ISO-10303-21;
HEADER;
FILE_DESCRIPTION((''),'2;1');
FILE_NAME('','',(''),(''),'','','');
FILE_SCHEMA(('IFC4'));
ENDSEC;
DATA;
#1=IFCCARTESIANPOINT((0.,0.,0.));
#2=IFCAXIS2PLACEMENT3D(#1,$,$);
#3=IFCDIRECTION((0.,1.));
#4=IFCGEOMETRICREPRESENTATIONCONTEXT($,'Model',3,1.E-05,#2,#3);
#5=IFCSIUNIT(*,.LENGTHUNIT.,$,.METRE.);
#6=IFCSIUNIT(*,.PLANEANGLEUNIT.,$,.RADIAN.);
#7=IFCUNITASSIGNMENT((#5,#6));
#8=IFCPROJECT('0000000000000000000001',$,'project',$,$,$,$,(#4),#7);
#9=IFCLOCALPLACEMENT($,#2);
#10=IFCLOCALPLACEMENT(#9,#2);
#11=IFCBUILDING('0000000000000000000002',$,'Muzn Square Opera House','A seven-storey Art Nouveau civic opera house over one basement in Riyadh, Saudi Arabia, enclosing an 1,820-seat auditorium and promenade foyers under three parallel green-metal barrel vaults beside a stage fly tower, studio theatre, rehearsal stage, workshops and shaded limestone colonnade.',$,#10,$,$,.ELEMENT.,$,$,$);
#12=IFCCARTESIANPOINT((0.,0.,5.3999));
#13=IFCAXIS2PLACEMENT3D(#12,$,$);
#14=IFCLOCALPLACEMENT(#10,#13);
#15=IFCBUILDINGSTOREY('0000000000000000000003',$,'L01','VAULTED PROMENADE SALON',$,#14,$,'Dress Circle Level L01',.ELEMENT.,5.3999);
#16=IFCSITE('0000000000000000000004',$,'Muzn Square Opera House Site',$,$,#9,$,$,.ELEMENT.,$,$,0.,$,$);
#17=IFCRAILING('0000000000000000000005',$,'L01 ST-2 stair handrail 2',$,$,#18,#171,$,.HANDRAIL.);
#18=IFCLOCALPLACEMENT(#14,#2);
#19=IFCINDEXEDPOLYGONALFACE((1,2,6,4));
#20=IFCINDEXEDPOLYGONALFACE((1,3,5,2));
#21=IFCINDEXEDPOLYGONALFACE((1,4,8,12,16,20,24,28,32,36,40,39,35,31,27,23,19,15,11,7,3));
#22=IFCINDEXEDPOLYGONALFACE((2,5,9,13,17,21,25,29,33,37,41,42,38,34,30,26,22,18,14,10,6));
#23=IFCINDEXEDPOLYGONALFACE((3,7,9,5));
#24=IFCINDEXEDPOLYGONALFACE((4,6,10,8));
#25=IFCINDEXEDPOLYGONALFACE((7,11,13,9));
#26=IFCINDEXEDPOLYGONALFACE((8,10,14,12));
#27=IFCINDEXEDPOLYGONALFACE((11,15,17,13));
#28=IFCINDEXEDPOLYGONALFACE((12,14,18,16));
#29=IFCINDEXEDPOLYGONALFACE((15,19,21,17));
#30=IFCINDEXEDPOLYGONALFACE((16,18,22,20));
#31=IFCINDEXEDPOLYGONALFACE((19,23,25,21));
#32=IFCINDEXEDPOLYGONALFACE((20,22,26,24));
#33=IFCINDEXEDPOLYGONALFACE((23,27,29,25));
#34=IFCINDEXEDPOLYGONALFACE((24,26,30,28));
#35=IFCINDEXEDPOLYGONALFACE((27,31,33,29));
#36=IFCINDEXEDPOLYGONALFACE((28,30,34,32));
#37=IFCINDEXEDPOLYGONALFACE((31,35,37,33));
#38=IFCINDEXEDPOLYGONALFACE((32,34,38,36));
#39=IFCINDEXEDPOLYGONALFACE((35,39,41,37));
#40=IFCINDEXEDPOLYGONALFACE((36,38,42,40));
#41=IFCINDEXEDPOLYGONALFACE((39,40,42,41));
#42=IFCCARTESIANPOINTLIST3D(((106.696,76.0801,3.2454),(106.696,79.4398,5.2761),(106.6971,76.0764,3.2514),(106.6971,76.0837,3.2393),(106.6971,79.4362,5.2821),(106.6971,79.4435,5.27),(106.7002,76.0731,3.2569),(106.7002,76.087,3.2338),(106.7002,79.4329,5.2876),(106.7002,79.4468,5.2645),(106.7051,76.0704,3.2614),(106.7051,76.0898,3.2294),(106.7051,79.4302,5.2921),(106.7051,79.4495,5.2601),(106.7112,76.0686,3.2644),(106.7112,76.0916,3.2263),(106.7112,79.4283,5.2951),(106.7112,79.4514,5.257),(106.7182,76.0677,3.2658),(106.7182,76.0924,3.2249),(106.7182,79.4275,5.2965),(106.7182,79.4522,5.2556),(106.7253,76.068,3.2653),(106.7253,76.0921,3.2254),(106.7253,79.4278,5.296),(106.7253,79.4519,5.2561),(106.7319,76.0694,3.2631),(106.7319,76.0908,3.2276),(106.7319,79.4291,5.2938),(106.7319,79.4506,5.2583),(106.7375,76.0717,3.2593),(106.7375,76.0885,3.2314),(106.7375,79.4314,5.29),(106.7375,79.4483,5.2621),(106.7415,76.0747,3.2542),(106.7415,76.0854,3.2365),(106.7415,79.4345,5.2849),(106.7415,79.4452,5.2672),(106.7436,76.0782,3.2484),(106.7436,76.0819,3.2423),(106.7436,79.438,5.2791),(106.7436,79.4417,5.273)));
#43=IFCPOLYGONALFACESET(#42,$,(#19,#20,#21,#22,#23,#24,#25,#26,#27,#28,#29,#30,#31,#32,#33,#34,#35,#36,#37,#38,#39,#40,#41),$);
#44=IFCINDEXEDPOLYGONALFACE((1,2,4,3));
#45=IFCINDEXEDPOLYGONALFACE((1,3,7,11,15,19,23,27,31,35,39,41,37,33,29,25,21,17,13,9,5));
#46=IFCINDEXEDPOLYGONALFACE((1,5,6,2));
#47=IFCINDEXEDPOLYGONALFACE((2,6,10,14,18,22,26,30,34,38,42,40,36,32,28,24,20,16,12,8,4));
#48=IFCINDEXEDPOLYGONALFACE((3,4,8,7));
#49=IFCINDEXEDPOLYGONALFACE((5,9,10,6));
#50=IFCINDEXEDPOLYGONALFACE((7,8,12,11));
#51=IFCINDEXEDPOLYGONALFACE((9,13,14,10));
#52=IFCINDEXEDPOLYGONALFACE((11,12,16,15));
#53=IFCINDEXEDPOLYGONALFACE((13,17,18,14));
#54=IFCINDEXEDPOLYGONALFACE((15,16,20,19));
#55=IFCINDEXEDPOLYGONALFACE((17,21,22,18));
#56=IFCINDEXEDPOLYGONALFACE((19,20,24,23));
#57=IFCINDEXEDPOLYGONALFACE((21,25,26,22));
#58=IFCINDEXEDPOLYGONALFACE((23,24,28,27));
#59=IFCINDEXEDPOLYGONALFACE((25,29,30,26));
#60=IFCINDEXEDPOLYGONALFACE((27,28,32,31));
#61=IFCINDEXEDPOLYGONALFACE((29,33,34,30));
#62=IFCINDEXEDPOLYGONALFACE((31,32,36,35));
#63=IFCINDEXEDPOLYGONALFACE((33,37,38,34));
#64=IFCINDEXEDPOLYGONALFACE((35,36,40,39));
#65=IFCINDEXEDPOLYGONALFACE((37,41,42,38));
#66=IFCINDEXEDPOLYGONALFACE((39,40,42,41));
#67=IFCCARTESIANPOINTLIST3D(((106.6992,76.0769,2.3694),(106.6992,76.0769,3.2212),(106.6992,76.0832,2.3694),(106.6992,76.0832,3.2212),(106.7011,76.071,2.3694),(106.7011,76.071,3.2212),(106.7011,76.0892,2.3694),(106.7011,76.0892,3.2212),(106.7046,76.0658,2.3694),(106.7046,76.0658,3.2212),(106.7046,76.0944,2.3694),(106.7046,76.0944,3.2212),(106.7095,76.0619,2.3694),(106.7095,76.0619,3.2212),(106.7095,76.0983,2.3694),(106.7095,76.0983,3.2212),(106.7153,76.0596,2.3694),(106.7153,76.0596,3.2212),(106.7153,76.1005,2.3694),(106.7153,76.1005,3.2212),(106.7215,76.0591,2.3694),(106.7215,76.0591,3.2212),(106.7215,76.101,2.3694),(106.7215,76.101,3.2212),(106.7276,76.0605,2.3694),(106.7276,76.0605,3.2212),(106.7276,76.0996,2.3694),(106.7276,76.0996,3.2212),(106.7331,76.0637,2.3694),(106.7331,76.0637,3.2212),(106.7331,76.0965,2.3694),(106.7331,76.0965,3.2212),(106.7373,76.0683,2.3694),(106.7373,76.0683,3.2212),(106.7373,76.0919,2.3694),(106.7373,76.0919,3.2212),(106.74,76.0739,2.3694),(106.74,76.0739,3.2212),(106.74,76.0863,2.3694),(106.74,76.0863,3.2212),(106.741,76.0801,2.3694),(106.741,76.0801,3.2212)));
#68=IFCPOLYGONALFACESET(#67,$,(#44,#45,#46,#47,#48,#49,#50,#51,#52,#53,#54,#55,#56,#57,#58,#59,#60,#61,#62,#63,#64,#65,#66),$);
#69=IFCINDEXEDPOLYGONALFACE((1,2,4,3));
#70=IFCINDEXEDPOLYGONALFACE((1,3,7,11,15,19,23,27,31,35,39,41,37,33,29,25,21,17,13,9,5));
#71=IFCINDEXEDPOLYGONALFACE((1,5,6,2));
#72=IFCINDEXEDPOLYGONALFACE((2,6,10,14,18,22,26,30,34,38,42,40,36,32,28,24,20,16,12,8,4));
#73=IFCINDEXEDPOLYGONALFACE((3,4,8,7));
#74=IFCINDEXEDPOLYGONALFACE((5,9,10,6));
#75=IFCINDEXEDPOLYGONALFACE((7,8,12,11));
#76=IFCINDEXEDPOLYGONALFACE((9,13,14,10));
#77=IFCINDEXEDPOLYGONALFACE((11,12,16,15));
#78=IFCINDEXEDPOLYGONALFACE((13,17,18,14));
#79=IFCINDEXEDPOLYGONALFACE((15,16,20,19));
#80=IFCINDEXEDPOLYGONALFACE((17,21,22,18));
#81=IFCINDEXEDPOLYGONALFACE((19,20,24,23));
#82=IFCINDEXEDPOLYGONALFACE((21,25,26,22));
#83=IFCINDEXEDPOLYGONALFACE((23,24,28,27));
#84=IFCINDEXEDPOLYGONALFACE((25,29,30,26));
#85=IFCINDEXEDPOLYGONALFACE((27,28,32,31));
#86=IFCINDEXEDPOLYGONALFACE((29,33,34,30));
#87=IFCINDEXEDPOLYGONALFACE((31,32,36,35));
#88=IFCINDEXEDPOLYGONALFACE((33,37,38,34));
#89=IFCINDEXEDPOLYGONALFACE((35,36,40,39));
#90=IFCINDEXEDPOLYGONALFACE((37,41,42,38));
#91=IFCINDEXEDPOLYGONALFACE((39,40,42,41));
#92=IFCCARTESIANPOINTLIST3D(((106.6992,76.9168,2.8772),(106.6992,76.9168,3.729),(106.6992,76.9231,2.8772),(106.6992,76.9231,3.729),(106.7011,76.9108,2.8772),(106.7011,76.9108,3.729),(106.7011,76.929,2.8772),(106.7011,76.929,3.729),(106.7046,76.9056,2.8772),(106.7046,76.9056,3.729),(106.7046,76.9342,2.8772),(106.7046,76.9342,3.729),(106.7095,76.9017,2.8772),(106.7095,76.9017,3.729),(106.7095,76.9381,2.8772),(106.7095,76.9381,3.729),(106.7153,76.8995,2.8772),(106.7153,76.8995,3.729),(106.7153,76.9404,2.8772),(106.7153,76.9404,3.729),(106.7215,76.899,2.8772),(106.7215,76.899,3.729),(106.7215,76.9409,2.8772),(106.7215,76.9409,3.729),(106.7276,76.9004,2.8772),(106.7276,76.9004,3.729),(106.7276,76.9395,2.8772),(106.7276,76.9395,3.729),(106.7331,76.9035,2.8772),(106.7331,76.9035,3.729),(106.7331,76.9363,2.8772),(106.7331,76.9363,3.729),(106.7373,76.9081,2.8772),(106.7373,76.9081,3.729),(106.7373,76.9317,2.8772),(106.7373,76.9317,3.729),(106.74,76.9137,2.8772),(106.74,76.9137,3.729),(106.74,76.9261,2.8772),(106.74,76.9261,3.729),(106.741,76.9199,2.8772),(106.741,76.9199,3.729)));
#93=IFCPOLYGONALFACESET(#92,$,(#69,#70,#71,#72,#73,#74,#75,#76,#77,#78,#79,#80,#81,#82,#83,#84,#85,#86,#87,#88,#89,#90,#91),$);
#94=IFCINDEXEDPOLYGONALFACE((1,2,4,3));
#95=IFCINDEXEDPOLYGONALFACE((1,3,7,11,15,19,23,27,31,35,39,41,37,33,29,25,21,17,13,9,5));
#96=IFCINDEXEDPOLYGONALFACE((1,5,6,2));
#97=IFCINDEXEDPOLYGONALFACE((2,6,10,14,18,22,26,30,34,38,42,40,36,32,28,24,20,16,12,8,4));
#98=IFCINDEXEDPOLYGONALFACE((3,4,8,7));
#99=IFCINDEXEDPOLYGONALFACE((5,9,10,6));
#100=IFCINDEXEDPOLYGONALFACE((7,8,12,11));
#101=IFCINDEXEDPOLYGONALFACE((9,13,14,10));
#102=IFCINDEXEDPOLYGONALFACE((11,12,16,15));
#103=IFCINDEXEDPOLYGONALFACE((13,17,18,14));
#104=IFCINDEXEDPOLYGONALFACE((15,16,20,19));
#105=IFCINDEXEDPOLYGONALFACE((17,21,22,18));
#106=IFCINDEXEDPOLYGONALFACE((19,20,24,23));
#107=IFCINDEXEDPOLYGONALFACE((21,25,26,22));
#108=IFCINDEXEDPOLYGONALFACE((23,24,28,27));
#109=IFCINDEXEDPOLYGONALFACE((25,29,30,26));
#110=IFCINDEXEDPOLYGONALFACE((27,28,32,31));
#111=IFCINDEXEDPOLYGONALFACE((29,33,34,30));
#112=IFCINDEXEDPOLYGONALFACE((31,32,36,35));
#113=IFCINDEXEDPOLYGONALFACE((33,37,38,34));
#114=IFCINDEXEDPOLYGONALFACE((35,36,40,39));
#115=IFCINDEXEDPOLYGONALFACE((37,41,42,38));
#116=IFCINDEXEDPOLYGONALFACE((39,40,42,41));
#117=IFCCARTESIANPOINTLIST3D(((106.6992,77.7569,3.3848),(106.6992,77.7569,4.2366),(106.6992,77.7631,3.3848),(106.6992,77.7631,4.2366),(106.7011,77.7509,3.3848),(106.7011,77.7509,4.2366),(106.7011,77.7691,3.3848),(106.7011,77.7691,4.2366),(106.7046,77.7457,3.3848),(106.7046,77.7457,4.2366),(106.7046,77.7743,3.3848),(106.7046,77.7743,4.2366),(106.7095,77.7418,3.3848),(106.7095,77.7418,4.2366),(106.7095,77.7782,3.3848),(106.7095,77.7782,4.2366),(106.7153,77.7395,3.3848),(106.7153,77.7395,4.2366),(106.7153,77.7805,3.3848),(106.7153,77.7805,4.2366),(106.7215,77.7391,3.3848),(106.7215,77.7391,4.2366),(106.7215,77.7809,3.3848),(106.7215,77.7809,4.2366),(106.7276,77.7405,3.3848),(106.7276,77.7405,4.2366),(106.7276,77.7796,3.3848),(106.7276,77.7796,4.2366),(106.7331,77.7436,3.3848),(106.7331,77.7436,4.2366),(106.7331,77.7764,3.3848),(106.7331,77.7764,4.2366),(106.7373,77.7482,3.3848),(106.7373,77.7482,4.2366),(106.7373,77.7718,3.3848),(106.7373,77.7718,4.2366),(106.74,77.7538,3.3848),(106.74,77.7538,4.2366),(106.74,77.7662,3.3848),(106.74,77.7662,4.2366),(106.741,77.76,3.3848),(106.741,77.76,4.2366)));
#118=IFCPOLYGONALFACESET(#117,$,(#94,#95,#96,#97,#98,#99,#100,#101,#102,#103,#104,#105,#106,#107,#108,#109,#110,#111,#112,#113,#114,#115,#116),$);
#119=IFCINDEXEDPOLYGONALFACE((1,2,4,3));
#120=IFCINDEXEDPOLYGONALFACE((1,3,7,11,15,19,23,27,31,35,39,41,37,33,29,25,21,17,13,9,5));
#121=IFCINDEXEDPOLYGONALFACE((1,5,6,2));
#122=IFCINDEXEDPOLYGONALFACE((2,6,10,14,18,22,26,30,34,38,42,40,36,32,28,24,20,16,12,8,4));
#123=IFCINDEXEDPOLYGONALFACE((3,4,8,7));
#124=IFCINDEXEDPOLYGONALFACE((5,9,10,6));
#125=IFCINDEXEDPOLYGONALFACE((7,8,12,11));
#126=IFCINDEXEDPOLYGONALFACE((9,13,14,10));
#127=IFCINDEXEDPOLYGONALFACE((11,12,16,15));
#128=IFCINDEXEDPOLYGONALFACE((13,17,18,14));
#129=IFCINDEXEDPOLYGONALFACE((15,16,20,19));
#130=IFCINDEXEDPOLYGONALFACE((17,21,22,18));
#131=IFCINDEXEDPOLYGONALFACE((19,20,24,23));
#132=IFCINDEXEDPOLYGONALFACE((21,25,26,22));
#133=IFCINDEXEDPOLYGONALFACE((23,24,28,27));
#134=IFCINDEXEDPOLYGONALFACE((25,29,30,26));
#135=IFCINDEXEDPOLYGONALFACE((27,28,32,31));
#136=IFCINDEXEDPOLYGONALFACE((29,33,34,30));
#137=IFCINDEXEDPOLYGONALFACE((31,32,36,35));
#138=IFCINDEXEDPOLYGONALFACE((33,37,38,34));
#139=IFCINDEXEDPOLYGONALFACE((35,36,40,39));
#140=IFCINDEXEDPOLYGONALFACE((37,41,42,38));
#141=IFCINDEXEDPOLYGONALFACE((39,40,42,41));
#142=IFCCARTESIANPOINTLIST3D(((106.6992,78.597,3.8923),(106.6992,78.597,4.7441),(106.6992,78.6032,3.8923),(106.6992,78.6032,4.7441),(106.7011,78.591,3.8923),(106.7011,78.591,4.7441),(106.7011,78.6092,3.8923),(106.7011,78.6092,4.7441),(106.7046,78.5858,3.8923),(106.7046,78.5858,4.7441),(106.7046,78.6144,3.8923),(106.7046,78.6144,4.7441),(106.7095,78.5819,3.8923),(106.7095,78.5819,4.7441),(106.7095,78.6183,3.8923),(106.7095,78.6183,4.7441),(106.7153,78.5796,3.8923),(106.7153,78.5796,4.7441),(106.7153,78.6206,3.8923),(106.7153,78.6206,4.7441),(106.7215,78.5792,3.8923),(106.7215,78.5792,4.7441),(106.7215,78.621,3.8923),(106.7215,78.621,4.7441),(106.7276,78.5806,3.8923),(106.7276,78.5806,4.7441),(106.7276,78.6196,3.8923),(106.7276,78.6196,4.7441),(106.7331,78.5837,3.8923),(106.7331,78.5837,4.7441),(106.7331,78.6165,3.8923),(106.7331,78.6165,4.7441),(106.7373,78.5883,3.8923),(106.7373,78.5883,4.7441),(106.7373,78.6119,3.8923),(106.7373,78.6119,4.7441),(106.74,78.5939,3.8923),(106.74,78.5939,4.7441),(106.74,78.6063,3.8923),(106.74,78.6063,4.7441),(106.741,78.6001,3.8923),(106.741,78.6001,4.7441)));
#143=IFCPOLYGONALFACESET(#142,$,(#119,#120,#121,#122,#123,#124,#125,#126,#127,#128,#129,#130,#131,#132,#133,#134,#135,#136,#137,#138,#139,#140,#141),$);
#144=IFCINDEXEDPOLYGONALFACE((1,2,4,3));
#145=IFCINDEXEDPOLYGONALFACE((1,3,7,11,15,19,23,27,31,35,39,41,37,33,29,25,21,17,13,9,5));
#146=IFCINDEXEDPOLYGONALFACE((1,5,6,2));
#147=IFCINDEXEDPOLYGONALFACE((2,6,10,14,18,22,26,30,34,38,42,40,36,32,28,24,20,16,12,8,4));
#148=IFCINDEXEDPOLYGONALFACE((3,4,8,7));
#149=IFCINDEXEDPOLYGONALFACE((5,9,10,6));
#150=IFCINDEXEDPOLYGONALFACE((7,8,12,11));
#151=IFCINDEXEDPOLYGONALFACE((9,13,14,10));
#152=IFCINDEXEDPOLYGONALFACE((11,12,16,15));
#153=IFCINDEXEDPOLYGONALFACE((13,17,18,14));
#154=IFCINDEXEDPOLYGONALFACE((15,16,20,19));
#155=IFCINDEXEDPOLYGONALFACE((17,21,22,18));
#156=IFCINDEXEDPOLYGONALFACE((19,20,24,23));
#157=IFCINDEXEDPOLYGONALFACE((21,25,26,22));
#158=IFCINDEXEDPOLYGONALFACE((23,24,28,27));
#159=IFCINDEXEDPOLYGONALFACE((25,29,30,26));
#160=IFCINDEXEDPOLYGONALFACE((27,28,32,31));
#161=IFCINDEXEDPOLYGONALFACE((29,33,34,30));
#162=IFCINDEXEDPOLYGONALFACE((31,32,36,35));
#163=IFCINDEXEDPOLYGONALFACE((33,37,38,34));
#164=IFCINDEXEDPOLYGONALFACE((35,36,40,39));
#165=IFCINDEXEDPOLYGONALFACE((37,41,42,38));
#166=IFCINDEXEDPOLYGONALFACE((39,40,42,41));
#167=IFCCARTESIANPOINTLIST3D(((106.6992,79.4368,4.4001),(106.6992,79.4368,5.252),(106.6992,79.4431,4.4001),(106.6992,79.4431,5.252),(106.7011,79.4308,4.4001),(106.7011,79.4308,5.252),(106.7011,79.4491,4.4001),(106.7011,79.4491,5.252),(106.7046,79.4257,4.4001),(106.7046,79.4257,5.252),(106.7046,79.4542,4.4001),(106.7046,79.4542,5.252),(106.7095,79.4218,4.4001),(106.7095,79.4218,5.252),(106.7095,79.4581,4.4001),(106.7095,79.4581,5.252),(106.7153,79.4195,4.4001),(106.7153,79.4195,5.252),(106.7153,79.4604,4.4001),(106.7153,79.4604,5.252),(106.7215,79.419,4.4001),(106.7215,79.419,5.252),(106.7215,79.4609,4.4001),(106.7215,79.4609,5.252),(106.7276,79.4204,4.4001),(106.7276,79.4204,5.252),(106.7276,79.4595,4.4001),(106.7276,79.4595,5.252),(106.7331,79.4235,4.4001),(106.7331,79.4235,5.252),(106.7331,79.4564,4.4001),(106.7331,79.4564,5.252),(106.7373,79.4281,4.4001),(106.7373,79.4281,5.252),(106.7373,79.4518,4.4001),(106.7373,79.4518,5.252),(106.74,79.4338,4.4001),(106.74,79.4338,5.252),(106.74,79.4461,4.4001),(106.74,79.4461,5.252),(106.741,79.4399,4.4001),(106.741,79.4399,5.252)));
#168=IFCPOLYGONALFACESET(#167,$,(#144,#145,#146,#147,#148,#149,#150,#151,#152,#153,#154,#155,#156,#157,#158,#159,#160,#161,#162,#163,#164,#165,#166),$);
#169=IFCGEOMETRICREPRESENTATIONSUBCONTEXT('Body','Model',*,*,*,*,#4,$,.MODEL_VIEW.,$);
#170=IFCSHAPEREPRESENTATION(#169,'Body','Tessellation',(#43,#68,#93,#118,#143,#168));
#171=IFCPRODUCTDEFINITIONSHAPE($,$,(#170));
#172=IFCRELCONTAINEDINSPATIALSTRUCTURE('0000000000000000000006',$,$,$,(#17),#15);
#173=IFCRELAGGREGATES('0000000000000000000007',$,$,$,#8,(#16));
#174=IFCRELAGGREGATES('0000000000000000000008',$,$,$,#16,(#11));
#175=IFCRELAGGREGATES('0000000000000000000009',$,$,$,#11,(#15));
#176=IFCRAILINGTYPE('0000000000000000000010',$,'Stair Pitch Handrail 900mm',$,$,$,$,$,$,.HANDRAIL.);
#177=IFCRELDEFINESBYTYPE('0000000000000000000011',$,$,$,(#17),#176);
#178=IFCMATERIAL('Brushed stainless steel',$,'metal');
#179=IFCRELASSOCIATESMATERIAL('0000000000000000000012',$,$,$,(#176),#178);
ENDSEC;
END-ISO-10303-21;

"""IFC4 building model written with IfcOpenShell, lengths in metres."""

from ifc_helpers import new_model, si_unit, direction, frame, origin, origin_2d, place, context, subcontext, project, spatial, circle, extrude, material, type_object, element, save


model = new_model("IFC4")

# Units and contexts
model_context = context("Model", 3, precision=1e-05, world=origin(), true_north=direction((0.0, 1.0)))
body_context = subcontext(model_context, "Body", "Model", "MODEL_VIEW")
ifc_project = project(units=[si_unit("LENGTHUNIT", "METRE"), si_unit("PLANEANGLEUNIT", "RADIAN")], contexts=[model_context])

# Site, building, storey
site_placement = place(None, origin())
site = spatial("IfcSite", under=ifc_project, at=site_placement, Name="Muzn Square Opera House Site", CompositionType="ELEMENT", RefElevation=0.0)
building_placement = place(site_placement, origin())
building = spatial("IfcBuilding", under=site, at=building_placement, Name="Muzn Square Opera House", Description="A seven-storey Art Nouveau civic opera house over one basement in Riyadh, Saudi Arabia, enclosing an 1,820-seat auditorium and promenade foyers under three parallel green-metal barrel vaults beside a stage fly tower, studio theatre, rehearsal stage, workshops and shaded limestone colonnade.", CompositionType="ELEMENT")
storey_placement = place(building_placement, frame((0.0, 0.0, 5.3999)))
storey = spatial("IfcBuildingStorey", under=building, at=storey_placement, Name="L01", Description="VAULTED PROMENADE SALON", LongName="Dress Circle Level L01", CompositionType="ELEMENT", Elevation=5.3999)

# Shared definitions
ifc_material_1 = material(Name="Brushed stainless steel", Category="metal")

# Railing
railing_type_1 = type_object("IfcRailingType", Name="Stair Pitch Handrail 900mm", PredefinedType="HANDRAIL", material=ifc_material_1)
railing_1_placement = place(storey_placement, frame((106.72, 76.0801, 2.3694)))
element("IfcRailing", 1, at=railing_1_placement, inside=storey, type_object=railing_type_1, Name="L01 ST-2 stair handrail 2", PredefinedType="HANDRAIL", context=body_context, shape_type="SweptSolid", body=[
    extrude(circle(Radius=0.0239, at=origin_2d()), frame((0.0, 0.0, 0.876), z_axis=(0.0, 0.85582, 0.517273), x_axis=(-1.0, 0.0, 0.0)), (0.0, 0.0, 1.0), 3.9258),
    extrude(circle(Radius=0.021, at=origin_2d()), origin(), (0.0, 0.0, 1.0), 0.8518),
    extrude(circle(Radius=0.021, at=origin_2d()), frame((0.0, 0.8398, 0.5078)), (0.0, 0.0, 1.0), 0.8518),
    extrude(circle(Radius=0.021, at=origin_2d()), frame((0.0, 1.6799, 1.0154)), (0.0, 0.0, 1.0), 0.8518),
    extrude(circle(Radius=0.021, at=origin_2d()), frame((0.0, 2.52, 1.5229)), (0.0, 0.0, 1.0), 0.8518),
    extrude(circle(Radius=0.021, at=origin_2d()), frame((0.0, 3.3599, 2.0308)), (0.0, 0.0, 1.0), 0.8518),
])

save(model, "model.ifc")
